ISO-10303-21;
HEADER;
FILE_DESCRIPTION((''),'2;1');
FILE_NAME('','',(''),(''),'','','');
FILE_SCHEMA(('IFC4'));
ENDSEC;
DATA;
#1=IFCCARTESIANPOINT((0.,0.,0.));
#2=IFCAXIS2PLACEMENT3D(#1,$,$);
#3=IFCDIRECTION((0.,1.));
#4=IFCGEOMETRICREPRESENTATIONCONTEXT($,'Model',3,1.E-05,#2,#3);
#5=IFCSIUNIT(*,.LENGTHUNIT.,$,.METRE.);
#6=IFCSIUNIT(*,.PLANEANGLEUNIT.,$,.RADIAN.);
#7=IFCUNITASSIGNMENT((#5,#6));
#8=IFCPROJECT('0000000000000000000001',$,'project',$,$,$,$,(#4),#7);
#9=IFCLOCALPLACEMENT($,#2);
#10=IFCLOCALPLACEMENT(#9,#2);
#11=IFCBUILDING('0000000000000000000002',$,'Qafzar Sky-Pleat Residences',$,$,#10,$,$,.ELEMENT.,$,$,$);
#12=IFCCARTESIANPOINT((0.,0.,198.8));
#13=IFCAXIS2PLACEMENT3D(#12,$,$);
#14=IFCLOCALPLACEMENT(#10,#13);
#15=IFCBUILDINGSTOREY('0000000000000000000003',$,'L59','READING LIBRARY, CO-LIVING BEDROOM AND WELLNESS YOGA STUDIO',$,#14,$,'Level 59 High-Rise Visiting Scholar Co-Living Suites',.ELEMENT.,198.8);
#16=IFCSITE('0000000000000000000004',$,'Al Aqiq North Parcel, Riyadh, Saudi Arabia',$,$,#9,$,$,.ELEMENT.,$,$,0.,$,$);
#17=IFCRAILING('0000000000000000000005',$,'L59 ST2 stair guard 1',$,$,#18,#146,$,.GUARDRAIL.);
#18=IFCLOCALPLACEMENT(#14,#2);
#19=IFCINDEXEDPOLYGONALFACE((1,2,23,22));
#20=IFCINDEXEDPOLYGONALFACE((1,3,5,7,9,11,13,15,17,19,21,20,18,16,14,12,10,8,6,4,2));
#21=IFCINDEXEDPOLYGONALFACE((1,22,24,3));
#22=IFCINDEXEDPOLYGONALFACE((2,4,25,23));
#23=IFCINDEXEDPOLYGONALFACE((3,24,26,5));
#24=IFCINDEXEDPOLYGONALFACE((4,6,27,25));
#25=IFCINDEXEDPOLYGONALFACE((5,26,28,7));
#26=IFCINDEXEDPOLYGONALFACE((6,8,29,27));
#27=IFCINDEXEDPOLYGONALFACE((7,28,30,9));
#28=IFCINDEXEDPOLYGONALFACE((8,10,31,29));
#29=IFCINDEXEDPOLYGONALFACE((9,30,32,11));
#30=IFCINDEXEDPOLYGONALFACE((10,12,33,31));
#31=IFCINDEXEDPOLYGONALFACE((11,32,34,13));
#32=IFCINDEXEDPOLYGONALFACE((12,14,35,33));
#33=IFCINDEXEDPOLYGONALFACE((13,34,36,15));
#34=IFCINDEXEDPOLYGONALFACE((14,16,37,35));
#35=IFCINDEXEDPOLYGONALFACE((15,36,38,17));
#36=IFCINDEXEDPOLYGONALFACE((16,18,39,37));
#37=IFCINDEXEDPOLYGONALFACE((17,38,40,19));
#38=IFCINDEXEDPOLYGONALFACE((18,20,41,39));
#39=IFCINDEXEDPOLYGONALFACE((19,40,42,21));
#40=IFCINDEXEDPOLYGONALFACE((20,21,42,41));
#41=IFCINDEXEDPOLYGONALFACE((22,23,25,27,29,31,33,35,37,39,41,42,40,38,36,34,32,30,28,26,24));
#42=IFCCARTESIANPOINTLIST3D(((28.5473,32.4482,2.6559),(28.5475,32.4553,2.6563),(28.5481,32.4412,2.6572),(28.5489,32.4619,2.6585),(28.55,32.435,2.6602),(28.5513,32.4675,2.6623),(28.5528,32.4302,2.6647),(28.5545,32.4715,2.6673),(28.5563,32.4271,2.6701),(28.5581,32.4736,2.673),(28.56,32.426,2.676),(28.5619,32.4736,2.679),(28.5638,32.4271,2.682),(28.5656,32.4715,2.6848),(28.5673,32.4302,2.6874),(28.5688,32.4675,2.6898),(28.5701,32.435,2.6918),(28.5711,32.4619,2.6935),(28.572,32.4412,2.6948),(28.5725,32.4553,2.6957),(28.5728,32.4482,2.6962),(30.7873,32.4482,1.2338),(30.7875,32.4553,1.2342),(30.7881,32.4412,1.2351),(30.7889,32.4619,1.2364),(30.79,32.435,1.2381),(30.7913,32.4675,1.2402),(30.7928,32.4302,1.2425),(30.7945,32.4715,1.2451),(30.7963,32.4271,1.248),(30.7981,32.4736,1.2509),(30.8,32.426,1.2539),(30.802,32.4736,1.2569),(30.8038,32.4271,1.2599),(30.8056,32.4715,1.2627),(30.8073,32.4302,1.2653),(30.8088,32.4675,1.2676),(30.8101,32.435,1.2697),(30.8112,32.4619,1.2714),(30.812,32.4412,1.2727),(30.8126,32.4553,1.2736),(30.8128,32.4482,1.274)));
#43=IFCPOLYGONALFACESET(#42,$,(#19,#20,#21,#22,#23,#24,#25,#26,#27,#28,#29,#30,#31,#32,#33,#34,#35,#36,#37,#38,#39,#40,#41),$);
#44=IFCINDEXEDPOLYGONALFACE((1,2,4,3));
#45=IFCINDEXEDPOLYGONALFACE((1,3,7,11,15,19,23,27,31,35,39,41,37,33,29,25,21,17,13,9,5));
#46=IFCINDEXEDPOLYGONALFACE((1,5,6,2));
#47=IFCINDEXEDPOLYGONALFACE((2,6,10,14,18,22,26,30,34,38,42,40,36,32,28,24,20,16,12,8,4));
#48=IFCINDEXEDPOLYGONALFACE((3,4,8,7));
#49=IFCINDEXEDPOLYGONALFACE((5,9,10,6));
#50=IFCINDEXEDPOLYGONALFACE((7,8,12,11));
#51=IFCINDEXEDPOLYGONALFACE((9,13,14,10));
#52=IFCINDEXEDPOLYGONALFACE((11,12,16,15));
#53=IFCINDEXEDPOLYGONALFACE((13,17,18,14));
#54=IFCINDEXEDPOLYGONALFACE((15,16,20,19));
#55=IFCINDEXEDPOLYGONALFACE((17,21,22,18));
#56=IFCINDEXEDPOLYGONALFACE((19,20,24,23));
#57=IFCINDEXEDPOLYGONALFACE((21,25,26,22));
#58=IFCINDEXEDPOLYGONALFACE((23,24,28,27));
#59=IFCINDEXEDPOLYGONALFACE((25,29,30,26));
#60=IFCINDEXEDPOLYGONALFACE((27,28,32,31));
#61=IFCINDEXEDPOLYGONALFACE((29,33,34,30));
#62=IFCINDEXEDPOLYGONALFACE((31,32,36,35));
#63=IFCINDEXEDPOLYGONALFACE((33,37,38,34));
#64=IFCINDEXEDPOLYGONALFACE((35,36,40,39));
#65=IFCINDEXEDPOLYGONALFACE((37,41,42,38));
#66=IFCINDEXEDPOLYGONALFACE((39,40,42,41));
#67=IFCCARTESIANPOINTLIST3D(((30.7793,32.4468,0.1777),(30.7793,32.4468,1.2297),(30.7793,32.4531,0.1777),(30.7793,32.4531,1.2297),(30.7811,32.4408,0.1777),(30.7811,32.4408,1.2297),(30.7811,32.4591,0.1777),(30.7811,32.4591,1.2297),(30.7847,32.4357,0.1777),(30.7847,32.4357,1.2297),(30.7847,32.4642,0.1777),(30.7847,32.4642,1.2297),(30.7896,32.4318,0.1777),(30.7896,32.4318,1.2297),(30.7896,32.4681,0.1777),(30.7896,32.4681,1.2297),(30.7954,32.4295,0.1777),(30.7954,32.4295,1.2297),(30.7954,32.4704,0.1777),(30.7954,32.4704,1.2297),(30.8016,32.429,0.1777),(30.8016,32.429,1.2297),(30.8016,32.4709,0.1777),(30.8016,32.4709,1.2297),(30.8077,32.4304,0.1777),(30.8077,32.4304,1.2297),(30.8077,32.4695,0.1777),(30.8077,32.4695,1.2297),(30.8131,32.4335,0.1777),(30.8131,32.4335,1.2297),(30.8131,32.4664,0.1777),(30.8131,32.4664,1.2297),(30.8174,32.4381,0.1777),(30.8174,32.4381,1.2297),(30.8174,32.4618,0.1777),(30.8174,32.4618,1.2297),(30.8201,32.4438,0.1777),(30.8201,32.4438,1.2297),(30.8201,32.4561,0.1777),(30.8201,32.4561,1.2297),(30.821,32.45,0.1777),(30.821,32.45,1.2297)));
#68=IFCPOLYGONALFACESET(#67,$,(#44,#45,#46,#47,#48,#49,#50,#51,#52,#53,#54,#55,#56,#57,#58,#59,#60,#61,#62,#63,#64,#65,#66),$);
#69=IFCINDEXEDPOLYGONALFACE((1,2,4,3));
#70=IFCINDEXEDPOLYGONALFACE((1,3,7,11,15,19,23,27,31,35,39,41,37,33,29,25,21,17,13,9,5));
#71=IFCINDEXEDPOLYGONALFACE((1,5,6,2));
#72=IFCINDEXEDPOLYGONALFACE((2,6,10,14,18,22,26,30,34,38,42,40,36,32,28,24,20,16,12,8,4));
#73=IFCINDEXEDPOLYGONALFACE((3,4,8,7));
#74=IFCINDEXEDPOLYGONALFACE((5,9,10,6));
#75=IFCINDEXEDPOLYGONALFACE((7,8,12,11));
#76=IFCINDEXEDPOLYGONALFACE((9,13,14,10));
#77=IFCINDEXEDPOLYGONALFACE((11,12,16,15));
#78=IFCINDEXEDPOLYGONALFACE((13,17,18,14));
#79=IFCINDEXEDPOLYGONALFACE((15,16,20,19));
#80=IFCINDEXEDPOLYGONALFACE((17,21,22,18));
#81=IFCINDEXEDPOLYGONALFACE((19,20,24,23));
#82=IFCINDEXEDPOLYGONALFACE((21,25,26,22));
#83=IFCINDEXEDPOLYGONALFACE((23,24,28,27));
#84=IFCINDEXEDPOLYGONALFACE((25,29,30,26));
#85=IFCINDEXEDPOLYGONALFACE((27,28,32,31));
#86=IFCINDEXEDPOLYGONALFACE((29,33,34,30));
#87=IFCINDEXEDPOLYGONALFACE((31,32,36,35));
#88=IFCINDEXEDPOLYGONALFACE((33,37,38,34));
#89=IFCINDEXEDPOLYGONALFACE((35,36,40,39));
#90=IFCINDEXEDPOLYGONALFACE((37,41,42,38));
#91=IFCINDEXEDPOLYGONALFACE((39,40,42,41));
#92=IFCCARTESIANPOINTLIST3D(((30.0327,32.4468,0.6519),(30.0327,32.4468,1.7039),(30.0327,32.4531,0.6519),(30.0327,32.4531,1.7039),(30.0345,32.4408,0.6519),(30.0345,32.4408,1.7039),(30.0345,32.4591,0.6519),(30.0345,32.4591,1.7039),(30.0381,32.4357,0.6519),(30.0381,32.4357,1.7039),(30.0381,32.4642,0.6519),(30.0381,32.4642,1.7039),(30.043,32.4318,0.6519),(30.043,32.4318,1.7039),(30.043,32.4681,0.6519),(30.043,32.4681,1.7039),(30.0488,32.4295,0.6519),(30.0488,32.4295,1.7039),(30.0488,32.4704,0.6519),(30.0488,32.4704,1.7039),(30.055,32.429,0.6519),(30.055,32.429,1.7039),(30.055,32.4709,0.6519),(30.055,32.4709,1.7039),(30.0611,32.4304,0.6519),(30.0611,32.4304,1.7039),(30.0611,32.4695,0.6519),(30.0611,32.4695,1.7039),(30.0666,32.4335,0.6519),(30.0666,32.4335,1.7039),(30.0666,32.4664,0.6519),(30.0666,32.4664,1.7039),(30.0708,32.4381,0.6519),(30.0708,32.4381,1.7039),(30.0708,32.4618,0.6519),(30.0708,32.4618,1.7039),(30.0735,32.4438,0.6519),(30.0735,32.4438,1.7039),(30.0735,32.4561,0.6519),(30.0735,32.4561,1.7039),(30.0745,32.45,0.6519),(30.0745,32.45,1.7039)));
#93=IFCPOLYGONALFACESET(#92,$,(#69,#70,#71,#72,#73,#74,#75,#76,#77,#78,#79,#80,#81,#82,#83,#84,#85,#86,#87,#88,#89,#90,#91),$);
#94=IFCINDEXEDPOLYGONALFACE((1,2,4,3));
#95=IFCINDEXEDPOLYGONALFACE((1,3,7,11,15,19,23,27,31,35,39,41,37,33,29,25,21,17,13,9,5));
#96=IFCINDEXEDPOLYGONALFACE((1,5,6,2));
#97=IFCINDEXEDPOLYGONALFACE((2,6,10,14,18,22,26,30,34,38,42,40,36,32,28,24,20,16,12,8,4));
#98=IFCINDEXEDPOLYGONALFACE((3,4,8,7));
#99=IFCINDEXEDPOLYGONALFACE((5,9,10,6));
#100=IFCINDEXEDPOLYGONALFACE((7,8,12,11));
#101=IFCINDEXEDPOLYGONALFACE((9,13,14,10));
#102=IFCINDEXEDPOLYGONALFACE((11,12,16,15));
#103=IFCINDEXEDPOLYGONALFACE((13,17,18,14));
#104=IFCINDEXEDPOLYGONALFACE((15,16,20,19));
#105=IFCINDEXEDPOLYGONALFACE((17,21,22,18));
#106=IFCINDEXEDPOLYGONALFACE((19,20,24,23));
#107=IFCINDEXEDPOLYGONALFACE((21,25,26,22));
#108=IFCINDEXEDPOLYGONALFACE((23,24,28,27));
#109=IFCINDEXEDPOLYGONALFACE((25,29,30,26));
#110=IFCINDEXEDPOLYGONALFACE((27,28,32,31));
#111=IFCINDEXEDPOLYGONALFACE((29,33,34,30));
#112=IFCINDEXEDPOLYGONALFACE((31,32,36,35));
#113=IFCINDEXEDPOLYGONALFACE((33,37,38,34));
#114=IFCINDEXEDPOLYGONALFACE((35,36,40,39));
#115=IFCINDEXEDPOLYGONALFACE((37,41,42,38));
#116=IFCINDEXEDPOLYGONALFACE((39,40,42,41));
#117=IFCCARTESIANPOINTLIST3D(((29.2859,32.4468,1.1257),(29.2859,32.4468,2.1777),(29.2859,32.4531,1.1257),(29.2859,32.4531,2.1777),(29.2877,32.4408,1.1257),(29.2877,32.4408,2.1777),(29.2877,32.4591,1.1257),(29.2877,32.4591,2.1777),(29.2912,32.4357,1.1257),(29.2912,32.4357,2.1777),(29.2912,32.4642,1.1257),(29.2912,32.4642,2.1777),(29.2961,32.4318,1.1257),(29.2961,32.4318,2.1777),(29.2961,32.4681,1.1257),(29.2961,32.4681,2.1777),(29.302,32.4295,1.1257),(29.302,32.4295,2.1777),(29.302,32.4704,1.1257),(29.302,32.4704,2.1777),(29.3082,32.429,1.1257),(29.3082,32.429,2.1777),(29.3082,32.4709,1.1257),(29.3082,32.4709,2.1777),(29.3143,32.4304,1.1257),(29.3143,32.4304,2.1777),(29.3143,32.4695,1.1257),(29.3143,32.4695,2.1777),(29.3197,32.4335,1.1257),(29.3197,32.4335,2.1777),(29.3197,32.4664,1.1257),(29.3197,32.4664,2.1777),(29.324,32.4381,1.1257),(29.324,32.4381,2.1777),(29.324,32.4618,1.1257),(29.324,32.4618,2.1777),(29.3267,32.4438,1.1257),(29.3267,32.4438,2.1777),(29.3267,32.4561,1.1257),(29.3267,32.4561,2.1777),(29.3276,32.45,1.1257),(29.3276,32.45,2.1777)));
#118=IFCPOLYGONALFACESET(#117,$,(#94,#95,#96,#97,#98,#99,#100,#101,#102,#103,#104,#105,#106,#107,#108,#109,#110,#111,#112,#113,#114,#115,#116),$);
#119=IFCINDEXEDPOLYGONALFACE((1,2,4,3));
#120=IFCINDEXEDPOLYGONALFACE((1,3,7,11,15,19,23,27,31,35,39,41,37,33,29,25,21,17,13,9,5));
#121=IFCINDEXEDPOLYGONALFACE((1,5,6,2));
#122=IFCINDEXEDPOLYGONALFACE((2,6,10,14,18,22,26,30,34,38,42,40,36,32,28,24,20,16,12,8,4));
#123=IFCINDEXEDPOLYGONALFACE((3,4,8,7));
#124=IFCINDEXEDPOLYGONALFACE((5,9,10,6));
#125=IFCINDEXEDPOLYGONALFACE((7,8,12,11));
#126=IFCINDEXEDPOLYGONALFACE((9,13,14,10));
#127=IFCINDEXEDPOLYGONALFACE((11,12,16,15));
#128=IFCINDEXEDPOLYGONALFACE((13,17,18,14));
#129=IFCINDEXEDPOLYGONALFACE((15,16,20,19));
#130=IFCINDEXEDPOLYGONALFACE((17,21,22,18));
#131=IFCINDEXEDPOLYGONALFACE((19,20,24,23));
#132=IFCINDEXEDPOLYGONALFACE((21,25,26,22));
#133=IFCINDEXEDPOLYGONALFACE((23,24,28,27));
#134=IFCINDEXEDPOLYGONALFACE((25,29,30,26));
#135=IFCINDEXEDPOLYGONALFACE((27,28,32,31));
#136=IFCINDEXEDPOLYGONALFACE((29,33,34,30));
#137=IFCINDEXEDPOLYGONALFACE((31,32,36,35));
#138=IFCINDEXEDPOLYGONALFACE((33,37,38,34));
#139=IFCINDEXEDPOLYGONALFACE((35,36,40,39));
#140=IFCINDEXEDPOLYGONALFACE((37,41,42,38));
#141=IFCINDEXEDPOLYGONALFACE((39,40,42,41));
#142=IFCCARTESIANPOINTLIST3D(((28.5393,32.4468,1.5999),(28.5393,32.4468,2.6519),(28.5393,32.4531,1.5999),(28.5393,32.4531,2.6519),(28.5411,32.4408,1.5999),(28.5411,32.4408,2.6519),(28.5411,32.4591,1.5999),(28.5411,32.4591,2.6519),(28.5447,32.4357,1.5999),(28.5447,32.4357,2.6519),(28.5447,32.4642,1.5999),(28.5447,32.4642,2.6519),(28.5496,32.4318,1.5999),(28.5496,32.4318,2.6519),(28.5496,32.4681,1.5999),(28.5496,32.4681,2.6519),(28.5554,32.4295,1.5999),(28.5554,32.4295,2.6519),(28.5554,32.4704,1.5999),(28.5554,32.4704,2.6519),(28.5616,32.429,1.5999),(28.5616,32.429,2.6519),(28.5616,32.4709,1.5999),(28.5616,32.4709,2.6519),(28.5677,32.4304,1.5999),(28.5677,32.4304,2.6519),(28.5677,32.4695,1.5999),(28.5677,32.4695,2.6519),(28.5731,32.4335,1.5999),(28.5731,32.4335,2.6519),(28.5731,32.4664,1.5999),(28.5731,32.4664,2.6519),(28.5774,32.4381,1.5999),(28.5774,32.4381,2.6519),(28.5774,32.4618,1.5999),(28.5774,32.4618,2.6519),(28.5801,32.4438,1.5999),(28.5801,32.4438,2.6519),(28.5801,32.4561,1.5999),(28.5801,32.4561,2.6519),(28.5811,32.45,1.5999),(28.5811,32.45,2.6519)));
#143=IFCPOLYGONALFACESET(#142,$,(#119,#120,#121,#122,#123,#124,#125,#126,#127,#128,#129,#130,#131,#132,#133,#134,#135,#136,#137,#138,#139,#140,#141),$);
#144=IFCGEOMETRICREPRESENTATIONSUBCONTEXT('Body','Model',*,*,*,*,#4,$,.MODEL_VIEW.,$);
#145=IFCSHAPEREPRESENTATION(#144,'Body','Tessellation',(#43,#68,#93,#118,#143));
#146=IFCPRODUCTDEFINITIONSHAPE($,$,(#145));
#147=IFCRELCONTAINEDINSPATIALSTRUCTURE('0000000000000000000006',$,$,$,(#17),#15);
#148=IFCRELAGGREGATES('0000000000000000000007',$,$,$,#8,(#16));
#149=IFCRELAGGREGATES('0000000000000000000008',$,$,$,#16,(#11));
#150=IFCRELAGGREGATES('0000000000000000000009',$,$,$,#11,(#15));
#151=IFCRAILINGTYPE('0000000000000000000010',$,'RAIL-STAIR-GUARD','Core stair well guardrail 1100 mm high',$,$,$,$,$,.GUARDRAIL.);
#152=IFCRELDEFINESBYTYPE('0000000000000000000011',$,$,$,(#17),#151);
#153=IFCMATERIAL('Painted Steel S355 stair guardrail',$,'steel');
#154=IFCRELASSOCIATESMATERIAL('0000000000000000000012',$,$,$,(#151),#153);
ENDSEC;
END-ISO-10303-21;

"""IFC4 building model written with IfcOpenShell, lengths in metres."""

from ifc_helpers import new_model, si_unit, direction, frame, origin, origin_2d, place, context, subcontext, project, spatial, circle, extrude, source, transform, mapped, material, type_object, element, save


model = new_model("IFC4")

# Units and contexts
model_context = context("Model", 3, precision=1e-05, world=origin(), true_north=direction((0.0, 1.0)))
body_context = subcontext(model_context, "Body", "Model", "MODEL_VIEW")
ifc_project = project(units=[si_unit("LENGTHUNIT", "METRE"), si_unit("PLANEANGLEUNIT", "RADIAN")], contexts=[model_context])

# Site, building, storey
site_placement = place(None, origin())
site = spatial("IfcSite", under=ifc_project, at=site_placement, Name="Al Aqiq North Parcel, Riyadh, Saudi Arabia", CompositionType="ELEMENT", RefElevation=0.0)
building_placement = place(site_placement, origin())
building = spatial("IfcBuilding", under=site, at=building_placement, Name="Qafzar Sky-Pleat Residences", CompositionType="ELEMENT")
storey_placement = place(building_placement, frame((0.0, 0.0, 198.8)))
storey = spatial("IfcBuildingStorey", under=building, at=storey_placement, Name="L59", Description="READING LIBRARY, CO-LIVING BEDROOM AND WELLNESS YOGA STUDIO", LongName="Level 59 High-Rise Visiting Scholar Co-Living Suites", CompositionType="ELEMENT", Elevation=198.8)

# Railing
ifc_material_1 = material(Name="Painted Steel S355 stair guardrail", Category="steel")
railing_type_1 = type_object("IfcRailingType", Name="RAIL-STAIR-GUARD", Description="Core stair well guardrail 1100 mm high", PredefinedType="GUARDRAIL", material=ifc_material_1)
shared_shape_1 = source(origin(), body_context, "Body", "SweptSolid", [
    extrude(circle(Radius=0.0239, at=origin_2d()), frame((0.0, 0.0, 1.0762), z_axis=(-0.844229, 0.0, 0.535982), x_axis=(0.0, -1.0, 0.0)), (0.0, 0.0, 1.0), 2.6533),
    extrude(circle(Radius=0.021, at=origin_2d()), origin(), (0.0, 0.0, 1.0), 1.052),
    extrude(circle(Radius=0.021, at=origin_2d()), frame((-0.7466, 0.0, 0.4741)), (0.0, 0.0, 1.0), 1.052),
    extrude(circle(Radius=0.021, at=origin_2d()), frame((-1.4934, 0.0, 0.948)), (0.0, 0.0, 1.0), 1.052),
    extrude(circle(Radius=0.021, at=origin_2d()), frame((-2.24, 0.0, 1.4221)), (0.0, 0.0, 1.0), 1.052),
])
railing_1_placement = place(storey_placement, frame((30.8, 32.45, 0.1777)))
element("IfcRailing", 1, at=railing_1_placement, inside=storey, type_object=railing_type_1, Name="L59 ST2 stair guard 1", PredefinedType="GUARDRAIL", context=body_context, shape_type="MappedRepresentation", body=[
    mapped(shared_shape_1, transform((0.0, 0.0, 0.0), x_axis=(1.0, 0.0, 0.0), y_axis=(0.0, 1.0, 0.0), z_axis=(0.0, 0.0, 1.0), scale=1.0)),
])

save(model, "model.ifc")
